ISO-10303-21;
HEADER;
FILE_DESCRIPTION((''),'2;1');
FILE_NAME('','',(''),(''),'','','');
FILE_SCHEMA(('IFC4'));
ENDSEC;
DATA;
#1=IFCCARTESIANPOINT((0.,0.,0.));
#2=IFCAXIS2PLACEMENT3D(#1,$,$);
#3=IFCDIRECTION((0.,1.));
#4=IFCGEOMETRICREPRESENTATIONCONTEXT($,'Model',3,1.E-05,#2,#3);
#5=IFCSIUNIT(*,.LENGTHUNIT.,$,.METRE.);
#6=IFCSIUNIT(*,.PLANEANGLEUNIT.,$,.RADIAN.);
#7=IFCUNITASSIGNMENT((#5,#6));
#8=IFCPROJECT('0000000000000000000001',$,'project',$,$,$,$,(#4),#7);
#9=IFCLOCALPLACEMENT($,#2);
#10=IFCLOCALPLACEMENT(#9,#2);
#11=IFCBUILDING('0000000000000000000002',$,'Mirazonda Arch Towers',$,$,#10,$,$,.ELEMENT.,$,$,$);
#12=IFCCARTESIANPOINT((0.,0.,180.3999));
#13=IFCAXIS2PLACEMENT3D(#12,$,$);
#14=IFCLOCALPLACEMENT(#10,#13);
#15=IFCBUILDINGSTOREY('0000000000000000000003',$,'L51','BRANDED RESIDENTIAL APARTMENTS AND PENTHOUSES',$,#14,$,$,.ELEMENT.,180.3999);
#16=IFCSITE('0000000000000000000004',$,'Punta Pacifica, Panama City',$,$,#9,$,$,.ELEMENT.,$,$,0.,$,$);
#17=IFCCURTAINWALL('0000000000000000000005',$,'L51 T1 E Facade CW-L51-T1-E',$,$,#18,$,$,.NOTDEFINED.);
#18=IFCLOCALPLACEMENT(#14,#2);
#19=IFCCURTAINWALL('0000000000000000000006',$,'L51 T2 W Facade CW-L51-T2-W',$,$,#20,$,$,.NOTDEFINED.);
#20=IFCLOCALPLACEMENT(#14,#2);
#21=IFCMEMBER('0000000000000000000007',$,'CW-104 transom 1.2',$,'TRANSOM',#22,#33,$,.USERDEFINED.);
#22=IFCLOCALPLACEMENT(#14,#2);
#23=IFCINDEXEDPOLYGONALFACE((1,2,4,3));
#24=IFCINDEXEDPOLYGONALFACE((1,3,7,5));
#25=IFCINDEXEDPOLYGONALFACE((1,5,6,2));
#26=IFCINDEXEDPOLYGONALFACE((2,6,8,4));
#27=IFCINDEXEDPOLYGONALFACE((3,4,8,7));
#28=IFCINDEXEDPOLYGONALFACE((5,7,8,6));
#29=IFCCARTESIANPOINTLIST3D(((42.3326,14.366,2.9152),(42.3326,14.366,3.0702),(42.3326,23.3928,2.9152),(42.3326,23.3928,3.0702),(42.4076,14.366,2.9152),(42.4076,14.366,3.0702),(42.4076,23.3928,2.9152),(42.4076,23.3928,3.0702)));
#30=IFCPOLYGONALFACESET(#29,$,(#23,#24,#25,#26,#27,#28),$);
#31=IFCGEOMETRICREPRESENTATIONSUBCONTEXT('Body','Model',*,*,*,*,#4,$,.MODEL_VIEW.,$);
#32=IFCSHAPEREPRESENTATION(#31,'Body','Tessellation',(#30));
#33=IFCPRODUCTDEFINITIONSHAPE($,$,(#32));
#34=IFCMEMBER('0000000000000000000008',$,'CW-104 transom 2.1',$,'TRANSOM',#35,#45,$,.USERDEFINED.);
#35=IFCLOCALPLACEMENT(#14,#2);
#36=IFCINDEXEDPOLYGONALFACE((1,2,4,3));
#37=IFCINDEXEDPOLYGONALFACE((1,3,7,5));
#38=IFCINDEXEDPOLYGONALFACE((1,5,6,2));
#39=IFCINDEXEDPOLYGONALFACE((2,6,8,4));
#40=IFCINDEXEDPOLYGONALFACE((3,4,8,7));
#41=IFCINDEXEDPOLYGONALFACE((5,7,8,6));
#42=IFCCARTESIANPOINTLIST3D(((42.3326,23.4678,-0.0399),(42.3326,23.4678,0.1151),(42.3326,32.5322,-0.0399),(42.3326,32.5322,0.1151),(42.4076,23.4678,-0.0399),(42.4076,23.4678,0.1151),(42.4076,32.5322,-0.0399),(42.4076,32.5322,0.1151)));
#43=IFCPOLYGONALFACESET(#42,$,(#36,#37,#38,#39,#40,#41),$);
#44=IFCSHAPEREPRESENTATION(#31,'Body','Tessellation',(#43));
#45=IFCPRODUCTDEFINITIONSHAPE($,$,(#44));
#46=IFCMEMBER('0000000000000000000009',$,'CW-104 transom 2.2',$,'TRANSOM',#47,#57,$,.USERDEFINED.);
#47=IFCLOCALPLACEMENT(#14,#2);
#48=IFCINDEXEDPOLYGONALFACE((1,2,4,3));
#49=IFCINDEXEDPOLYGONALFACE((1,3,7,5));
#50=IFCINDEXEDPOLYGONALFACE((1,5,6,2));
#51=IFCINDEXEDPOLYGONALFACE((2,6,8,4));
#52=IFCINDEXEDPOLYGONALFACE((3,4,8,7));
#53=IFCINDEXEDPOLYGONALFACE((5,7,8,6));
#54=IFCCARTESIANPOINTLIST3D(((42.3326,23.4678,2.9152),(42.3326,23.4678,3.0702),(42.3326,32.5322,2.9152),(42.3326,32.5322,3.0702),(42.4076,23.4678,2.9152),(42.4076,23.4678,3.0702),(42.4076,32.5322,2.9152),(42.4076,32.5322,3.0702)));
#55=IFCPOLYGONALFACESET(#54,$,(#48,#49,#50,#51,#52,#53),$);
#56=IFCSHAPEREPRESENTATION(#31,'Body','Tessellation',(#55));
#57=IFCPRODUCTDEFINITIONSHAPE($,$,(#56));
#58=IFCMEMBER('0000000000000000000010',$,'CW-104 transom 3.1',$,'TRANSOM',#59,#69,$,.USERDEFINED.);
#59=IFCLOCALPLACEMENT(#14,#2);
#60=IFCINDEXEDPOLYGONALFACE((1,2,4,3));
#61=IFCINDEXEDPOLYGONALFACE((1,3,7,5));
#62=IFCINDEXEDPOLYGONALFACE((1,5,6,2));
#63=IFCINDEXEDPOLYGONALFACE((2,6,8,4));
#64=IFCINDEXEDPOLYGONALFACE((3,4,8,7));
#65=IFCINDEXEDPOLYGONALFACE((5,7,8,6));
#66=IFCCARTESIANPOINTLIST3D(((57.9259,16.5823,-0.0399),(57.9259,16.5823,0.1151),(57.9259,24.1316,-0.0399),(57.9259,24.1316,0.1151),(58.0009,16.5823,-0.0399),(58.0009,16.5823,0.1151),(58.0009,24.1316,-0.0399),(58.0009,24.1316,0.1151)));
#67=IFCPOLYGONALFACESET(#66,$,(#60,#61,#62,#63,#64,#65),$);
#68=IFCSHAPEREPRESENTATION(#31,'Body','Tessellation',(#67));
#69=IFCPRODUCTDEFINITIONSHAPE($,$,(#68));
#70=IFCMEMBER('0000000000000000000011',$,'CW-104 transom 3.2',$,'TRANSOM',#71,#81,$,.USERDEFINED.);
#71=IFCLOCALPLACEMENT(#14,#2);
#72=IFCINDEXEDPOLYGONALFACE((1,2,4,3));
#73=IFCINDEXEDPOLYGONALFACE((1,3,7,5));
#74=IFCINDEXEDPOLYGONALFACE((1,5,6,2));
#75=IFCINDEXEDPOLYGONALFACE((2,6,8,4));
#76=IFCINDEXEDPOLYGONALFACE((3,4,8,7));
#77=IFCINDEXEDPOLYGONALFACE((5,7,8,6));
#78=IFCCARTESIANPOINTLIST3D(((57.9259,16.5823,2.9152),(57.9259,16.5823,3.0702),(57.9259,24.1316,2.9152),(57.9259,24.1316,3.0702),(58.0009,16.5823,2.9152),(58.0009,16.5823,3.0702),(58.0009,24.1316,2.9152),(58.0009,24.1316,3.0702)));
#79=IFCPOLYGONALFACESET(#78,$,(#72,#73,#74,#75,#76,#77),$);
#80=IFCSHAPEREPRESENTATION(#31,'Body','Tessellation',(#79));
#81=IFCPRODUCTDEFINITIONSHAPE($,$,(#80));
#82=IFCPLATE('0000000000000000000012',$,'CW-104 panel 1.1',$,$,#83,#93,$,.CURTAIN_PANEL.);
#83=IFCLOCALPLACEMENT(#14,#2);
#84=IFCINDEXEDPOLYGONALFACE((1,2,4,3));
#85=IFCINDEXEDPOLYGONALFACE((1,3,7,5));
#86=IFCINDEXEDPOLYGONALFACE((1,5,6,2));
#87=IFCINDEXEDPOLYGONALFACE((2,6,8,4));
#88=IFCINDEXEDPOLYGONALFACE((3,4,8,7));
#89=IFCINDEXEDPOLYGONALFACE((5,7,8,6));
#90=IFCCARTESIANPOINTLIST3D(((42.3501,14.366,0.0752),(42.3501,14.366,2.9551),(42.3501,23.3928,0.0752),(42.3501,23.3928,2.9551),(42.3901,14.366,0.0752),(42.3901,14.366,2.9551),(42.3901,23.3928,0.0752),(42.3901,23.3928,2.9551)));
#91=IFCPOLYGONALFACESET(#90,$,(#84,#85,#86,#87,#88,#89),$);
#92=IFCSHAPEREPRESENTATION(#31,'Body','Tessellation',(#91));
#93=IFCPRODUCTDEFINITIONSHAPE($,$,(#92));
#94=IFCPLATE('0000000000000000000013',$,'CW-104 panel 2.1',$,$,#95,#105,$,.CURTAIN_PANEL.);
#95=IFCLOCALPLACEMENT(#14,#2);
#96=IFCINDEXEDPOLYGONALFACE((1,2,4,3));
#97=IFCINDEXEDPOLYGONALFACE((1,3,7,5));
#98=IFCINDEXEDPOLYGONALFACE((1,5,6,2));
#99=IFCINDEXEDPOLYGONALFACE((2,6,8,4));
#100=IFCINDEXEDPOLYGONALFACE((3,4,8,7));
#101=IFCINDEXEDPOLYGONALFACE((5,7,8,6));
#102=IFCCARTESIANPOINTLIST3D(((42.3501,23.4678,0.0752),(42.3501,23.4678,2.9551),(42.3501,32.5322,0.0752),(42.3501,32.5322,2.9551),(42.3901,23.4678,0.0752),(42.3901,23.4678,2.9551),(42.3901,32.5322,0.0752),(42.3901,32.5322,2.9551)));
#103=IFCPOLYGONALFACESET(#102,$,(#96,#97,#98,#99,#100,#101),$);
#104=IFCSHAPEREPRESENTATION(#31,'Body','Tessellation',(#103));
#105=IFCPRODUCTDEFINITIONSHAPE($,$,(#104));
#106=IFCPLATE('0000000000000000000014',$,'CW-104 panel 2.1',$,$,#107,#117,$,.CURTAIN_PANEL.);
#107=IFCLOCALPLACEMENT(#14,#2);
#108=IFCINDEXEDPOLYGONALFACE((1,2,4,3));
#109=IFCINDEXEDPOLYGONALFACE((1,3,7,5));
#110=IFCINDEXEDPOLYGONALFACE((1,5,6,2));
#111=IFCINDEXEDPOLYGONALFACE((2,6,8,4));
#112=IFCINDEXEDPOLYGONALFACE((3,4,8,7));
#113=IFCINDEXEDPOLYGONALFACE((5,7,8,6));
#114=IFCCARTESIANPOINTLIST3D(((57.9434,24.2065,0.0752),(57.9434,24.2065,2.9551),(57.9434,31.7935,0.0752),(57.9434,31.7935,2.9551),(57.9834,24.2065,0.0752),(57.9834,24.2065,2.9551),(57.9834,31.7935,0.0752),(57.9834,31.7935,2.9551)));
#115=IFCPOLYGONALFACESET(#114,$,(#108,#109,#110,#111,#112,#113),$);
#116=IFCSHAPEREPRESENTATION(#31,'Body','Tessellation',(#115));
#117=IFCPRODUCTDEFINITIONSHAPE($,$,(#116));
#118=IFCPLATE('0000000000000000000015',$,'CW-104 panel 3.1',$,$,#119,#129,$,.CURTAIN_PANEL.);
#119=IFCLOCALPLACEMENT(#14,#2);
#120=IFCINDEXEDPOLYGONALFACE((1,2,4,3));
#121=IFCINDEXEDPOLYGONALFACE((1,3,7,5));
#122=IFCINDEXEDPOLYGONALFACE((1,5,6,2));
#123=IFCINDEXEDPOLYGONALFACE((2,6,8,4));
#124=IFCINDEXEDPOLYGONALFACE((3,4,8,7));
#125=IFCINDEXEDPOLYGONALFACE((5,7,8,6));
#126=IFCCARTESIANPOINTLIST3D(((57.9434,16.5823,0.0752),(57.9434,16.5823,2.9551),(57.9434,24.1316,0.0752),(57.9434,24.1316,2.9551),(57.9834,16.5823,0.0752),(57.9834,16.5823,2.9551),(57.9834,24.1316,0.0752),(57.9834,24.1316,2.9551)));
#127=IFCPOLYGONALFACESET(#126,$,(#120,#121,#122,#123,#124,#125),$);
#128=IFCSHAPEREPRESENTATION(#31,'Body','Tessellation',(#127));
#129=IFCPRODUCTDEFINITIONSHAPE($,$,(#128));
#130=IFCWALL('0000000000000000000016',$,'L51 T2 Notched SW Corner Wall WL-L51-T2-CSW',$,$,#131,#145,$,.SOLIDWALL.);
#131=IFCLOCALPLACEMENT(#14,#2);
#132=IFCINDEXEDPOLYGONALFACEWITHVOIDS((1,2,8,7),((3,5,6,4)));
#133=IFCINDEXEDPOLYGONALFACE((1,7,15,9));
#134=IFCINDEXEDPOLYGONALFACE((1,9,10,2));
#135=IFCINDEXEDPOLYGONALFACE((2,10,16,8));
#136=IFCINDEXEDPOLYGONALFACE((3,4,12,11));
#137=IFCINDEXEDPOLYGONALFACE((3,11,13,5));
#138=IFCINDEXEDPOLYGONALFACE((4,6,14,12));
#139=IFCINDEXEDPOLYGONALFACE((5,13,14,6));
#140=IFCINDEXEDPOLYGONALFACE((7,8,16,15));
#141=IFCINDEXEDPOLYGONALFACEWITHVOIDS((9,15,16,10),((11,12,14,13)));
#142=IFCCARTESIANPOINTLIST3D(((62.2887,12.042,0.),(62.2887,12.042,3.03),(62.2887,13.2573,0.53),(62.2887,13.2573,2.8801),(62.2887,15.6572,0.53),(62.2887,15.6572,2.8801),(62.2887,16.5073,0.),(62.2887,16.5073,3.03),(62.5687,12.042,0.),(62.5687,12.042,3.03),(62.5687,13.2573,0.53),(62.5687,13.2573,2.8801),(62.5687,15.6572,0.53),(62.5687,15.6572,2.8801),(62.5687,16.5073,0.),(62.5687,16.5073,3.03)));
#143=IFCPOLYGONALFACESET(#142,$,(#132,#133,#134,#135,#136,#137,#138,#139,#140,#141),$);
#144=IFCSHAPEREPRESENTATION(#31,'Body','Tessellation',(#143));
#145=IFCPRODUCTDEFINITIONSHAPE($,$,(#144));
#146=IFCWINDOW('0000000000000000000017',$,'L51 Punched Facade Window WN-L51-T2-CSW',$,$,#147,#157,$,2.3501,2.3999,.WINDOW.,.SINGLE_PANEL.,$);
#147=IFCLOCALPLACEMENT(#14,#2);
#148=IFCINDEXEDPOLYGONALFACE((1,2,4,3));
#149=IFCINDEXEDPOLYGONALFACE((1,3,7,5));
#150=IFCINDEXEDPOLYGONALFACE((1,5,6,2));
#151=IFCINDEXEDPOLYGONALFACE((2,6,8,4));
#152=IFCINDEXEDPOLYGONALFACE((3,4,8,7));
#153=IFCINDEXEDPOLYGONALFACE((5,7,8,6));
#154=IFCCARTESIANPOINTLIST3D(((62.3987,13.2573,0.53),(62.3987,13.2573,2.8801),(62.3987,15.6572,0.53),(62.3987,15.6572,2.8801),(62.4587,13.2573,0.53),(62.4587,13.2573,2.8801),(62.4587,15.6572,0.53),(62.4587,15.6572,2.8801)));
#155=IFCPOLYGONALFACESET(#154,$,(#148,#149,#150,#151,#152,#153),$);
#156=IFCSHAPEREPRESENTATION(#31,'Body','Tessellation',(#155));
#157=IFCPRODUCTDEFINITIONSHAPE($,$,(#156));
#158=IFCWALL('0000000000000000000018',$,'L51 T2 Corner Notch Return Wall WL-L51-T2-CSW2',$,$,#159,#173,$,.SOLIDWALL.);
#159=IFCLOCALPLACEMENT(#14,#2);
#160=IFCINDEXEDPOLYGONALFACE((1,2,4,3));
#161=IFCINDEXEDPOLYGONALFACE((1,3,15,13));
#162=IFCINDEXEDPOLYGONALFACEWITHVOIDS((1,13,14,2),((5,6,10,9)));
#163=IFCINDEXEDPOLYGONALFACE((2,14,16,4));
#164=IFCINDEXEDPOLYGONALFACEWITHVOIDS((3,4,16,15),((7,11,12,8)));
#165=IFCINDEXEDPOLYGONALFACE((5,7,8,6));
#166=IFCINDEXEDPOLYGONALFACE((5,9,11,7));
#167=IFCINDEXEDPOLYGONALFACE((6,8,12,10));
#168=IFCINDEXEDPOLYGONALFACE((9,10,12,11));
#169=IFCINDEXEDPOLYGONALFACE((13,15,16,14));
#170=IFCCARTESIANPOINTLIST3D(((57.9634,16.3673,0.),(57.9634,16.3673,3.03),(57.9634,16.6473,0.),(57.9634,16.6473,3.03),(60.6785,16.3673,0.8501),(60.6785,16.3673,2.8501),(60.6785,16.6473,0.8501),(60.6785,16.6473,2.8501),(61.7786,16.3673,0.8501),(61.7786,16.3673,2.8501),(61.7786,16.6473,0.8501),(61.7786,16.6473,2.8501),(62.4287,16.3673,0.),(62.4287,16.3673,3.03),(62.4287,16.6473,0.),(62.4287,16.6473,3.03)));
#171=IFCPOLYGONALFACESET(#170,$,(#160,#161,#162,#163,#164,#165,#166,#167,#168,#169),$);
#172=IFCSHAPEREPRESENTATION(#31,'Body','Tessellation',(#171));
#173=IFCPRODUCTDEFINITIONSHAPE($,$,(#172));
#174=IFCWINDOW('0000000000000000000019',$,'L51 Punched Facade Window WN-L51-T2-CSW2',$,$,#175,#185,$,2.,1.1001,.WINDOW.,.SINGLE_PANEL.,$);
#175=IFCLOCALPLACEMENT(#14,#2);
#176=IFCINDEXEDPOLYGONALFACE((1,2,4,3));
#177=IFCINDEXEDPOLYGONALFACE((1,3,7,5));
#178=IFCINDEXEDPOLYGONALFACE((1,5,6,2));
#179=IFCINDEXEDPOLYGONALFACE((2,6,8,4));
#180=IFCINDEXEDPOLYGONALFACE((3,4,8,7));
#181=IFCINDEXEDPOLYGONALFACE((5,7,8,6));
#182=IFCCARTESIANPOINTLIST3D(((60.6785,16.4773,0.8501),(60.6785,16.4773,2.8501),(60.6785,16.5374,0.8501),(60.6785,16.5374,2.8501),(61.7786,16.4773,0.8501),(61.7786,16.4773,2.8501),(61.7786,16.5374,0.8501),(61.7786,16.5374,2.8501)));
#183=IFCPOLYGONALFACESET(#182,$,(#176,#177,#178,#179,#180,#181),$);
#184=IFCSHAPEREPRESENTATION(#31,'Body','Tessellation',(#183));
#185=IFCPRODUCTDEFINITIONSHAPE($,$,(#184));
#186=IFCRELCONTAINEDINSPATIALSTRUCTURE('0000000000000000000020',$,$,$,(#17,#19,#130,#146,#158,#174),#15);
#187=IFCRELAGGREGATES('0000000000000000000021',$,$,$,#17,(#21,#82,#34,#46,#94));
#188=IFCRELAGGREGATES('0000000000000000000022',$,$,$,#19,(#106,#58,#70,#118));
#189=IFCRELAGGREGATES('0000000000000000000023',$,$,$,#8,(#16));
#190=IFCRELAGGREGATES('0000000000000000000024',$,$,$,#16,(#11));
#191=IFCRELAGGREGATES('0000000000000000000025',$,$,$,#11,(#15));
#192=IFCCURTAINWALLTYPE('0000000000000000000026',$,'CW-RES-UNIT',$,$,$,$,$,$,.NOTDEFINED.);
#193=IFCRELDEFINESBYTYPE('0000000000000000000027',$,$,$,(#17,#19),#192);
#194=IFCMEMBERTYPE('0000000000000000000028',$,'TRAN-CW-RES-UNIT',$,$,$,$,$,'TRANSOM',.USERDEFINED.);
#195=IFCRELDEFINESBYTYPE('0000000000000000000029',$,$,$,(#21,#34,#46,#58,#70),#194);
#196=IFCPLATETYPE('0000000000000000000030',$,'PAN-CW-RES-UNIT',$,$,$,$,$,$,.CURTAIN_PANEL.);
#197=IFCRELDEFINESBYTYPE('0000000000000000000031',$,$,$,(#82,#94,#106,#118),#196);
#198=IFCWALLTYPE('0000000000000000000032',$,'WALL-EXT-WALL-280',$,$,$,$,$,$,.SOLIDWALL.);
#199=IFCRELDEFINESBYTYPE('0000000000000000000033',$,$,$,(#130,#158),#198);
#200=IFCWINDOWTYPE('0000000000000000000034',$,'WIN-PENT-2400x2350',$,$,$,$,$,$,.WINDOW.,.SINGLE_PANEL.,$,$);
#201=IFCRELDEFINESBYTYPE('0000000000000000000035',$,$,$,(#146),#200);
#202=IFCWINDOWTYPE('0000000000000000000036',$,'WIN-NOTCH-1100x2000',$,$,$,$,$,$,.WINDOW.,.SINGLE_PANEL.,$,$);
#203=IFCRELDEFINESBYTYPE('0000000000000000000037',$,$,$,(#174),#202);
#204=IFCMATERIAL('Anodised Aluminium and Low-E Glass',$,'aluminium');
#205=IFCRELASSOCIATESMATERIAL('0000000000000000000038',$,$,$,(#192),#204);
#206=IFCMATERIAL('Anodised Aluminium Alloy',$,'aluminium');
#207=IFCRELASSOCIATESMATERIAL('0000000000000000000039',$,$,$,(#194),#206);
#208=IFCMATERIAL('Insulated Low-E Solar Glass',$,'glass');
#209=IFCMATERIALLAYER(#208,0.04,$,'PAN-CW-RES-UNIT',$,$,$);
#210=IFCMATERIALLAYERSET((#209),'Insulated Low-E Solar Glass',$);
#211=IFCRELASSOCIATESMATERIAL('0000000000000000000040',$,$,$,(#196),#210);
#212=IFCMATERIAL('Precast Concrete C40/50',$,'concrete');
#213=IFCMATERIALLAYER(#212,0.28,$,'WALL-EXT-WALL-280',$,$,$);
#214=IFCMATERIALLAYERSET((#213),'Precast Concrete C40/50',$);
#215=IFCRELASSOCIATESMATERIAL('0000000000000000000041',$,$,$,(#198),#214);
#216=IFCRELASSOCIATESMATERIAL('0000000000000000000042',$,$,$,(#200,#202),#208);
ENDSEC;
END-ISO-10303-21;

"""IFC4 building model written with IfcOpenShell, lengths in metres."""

from ifc_helpers import new_model, si_unit, direction, frame, frame_2d, origin, origin_2d, place, context, subcontext, project, spatial, rectangle, extrude, material, layer, layer_set, material_profile, profile_set, type_object, element, fill, aggregate, save


model = new_model("IFC4")

# Units and contexts
model_context = context("Model", 3, precision=1e-05, world=origin(), true_north=direction((0.0, 1.0)))
body_context = subcontext(model_context, "Body", "Model", "MODEL_VIEW")
ifc_project = project(units=[si_unit("LENGTHUNIT", "METRE"), si_unit("PLANEANGLEUNIT", "RADIAN")], contexts=[model_context])

# Site, building, storey
site_placement = place(None, origin())
site = spatial("IfcSite", under=ifc_project, at=site_placement, Name="Punta Pacifica, Panama City", CompositionType="ELEMENT", RefElevation=0.0)
building_placement = place(site_placement, origin())
building = spatial("IfcBuilding", under=site, at=building_placement, Name="Mirazonda Arch Towers", CompositionType="ELEMENT")
storey_placement = place(building_placement, frame((0.0, 0.0, 180.3999)))
storey = spatial("IfcBuildingStorey", under=building, at=storey_placement, Name="L51", Description="BRANDED RESIDENTIAL APARTMENTS AND PENTHOUSES", CompositionType="ELEMENT", Elevation=180.3999)

# Curtain wall
ifc_material_1 = material(Name="Anodised Aluminium and Low-E Glass", Category="aluminium")
curtain_wall_type = type_object("IfcCurtainWallType", Name="CW-RES-UNIT", PredefinedType="NOTDEFINED", material=ifc_material_1)
curtain_wall_1_placement = place(storey_placement, origin())
curtain_wall_1 = element("IfcCurtainWall", 1, at=curtain_wall_1_placement, inside=storey, type_object=curtain_wall_type, Name="L51 T1 E Facade CW-L51-T1-E", PredefinedType="NOTDEFINED")
ifc_material_2 = material(Name="Anodised Aluminium Alloy", Category="aluminium")

# Curtain wall
curtain_wall_2_placement = place(storey_placement, origin())
curtain_wall_2 = element("IfcCurtainWall", 2, at=curtain_wall_2_placement, inside=storey, type_object=curtain_wall_type, Name="L51 T2 W Facade CW-L51-T2-W", PredefinedType="NOTDEFINED")

# Members
ifc_material_profile_1 = material_profile(ifc_material_2, rectangle(XDim=0.075, YDim=0.155, at=origin_2d()), Name="ALU-TRAN-75x155")
ifc_profile_set_1 = profile_set([ifc_material_profile_1], Name="Anodised Aluminium Alloy")
member_type_1 = type_object("IfcMemberType", Name="TRAN-CW-RES-UNIT", ElementType="TRANSOM", PredefinedType="USERDEFINED", material=ifc_profile_set_1)
member_1_placement = place(storey_placement, frame((42.3701, 14.366, 2.9927), z_axis=(0.0, 1.0, 0.0), x_axis=(-1.0, 0.0, 0.0)))
member_1 = element("IfcMember", 3, at=member_1_placement, type_object=member_type_1, Name="CW-104 transom 1.2", ObjectType="TRANSOM", PredefinedType="USERDEFINED", context=body_context, shape_type="SweptSolid", body=[
    extrude(rectangle(XDim=0.075, YDim=0.155, at=origin_2d()), origin(), (0.0, 0.0, 1.0), 9.0269),
])
member_2_placement = place(storey_placement, frame((42.3701, 23.4678, 0.0376), z_axis=(0.0, 1.0, 0.0), x_axis=(-1.0, 0.0, 0.0)))
member_2 = element("IfcMember", 4, at=member_2_placement, type_object=member_type_1, Name="CW-104 transom 2.1", ObjectType="TRANSOM", PredefinedType="USERDEFINED", context=body_context, shape_type="SweptSolid", body=[
    extrude(rectangle(XDim=0.075, YDim=0.155, at=origin_2d()), origin(), (0.0, 0.0, 1.0), 9.0645),
])
member_3_placement = place(storey_placement, frame((42.3701, 23.4678, 2.9927), z_axis=(0.0, 1.0, 0.0), x_axis=(-1.0, 0.0, 0.0)))
member_3 = element("IfcMember", 5, at=member_3_placement, type_object=member_type_1, Name="CW-104 transom 2.2", ObjectType="TRANSOM", PredefinedType="USERDEFINED", context=body_context, shape_type="SweptSolid", body=[
    extrude(rectangle(XDim=0.075, YDim=0.155, at=origin_2d()), origin(), (0.0, 0.0, 1.0), 9.0645),
])
member_4_placement = place(storey_placement, frame((57.9634, 24.1316, 0.0376), z_axis=(0.0, -1.0, 0.0), x_axis=(1.0, 0.0, 0.0)))
member_4 = element("IfcMember", 6, at=member_4_placement, type_object=member_type_1, Name="CW-104 transom 3.1", ObjectType="TRANSOM", PredefinedType="USERDEFINED", context=body_context, shape_type="SweptSolid", body=[
    extrude(rectangle(XDim=0.075, YDim=0.155, at=origin_2d()), origin(), (0.0, 0.0, 1.0), 7.5493),
])
member_5_placement = place(storey_placement, frame((57.9634, 24.1316, 2.9927), z_axis=(0.0, -1.0, 0.0), x_axis=(1.0, 0.0, 0.0)))
member_5 = element("IfcMember", 7, at=member_5_placement, type_object=member_type_1, Name="CW-104 transom 3.2", ObjectType="TRANSOM", PredefinedType="USERDEFINED", context=body_context, shape_type="SweptSolid", body=[
    extrude(rectangle(XDim=0.075, YDim=0.155, at=origin_2d()), origin(), (0.0, 0.0, 1.0), 7.5493),
])

# Plates
ifc_material_3 = material(Name="Insulated Low-E Solar Glass", Category="glass")
ifc_layer_1 = layer(ifc_material_3, 0.04, Name="PAN-CW-RES-UNIT")
ifc_layer_set_1 = layer_set([ifc_layer_1], Name="Insulated Low-E Solar Glass")
plate_type = type_object("IfcPlateType", Name="PAN-CW-RES-UNIT", PredefinedType="CURTAIN_PANEL", material=ifc_layer_set_1)
plate_1_placement = place(storey_placement, frame((42.3701, 18.8794, 0.0752), z_axis=(0.0, 0.0, 1.0), x_axis=(0.0, 1.0, 0.0)))
plate_1 = element("IfcPlate", 8, at=plate_1_placement, type_object=plate_type, Name="CW-104 panel 1.1", PredefinedType="CURTAIN_PANEL", context=body_context, shape_type="SweptSolid", body=[
    extrude(rectangle(XDim=9.0269, YDim=0.04, at=origin_2d()), origin(), (0.0, 0.0, 1.0), 2.8799),
])
plate_2_placement = place(storey_placement, frame((42.3701, 28.0, 0.0752), z_axis=(0.0, 0.0, 1.0), x_axis=(0.0, 1.0, 0.0)))
plate_2 = element("IfcPlate", 9, at=plate_2_placement, type_object=plate_type, Name="CW-104 panel 2.1", PredefinedType="CURTAIN_PANEL", context=body_context, shape_type="SweptSolid", body=[
    extrude(rectangle(XDim=9.0645, YDim=0.04, at=origin_2d()), origin(), (0.0, 0.0, 1.0), 2.8799),
])
aggregate(curtain_wall_1, [member_1, plate_1, member_2, member_3, plate_2])
plate_3_placement = place(storey_placement, frame((57.9634, 28.0, 0.0752), z_axis=(0.0, 0.0, 1.0), x_axis=(0.0, -1.0, 0.0)))
plate_3 = element("IfcPlate", 10, at=plate_3_placement, type_object=plate_type, Name="CW-104 panel 2.1", PredefinedType="CURTAIN_PANEL", context=body_context, shape_type="SweptSolid", body=[
    extrude(rectangle(XDim=7.5869, YDim=0.04, at=origin_2d()), origin(), (0.0, 0.0, 1.0), 2.8799),
])
plate_4_placement = place(storey_placement, frame((57.9634, 20.3569, 0.0752), z_axis=(0.0, 0.0, 1.0), x_axis=(0.0, -1.0, 0.0)))
plate_4 = element("IfcPlate", 11, at=plate_4_placement, type_object=plate_type, Name="CW-104 panel 3.1", PredefinedType="CURTAIN_PANEL", context=body_context, shape_type="SweptSolid", body=[
    extrude(rectangle(XDim=7.5493, YDim=0.04, at=origin_2d()), origin(), (0.0, 0.0, 1.0), 2.8799),
])
aggregate(curtain_wall_2, [plate_3, member_4, member_5, plate_4])

# Walls, openings, windows
ifc_material_4 = material(Name="Precast Concrete C40/50", Category="concrete")
ifc_layer_2 = layer(ifc_material_4, 0.28, Name="WALL-EXT-WALL-280")
ifc_layer_set_2 = layer_set([ifc_layer_2], Name="Precast Concrete C40/50")
wall_type_1 = type_object("IfcWallType", Name="WALL-EXT-WALL-280", PredefinedType="SOLIDWALL", material=ifc_layer_set_2)
wall_1_placement = place(storey_placement, frame((62.4287, 16.5073, 0.0), z_axis=(0.0, 0.0, 1.0), x_axis=(0.0, -1.0, 0.0)))
wall_1 = element("IfcWall", 12, at=wall_1_placement, inside=storey, type_object=wall_type_1, Name="L51 T2 Notched SW Corner Wall WL-L51-T2-CSW", PredefinedType="SOLIDWALL", context=body_context, shape_type="SweptSolid", body=[
    extrude(rectangle(XDim=4.4653, YDim=0.28, at=frame_2d((2.2327, 0.0))), origin(), (0.0, 0.0, 1.0), 3.03),
])
opening_1_placement = place(wall_1_placement, frame((0.8501, 0.0, 0.53)))
opening_1 = element("IfcOpeningElement", 13, at=opening_1_placement, cuts=wall_1, PredefinedType="OPENING", context=body_context, shape_type="SweptSolid", body=[
    extrude(rectangle(XDim=2.3999, YDim=2.3501, at=frame_2d((1.2, 1.175))), frame((0.0, 0.1499, 0.0), z_axis=(0.0, -1.0, 0.0), x_axis=(1.0, 0.0, 0.0)), (0.0, 0.0, 1.0), 0.3),
])
window_type_1 = type_object("IfcWindowType", Name="WIN-PENT-2400x2350", PartitioningType="SINGLE_PANEL", PredefinedType="WINDOW", material=ifc_material_3)
window_1_placement = place(opening_1_placement, origin())
window_1 = element("IfcWindow", 14, at=window_1_placement, inside=storey, type_object=window_type_1, Name="L51 Punched Facade Window WN-L51-T2-CSW", OverallHeight=2.3501, OverallWidth=2.3999, PartitioningType="SINGLE_PANEL", PredefinedType="WINDOW", context=body_context, shape_type="SweptSolid", body=[
    extrude(rectangle(XDim=2.3999, YDim=2.3501, at=frame_2d((1.2, 1.175))), frame((0.0, 0.03, 0.0), z_axis=(0.0, -1.0, 0.0), x_axis=(1.0, 0.0, 0.0)), (0.0, 0.0, 1.0), 0.0601),
])
fill(opening_1, window_1)
wall_2_placement = place(storey_placement, frame((57.9634, 16.5073, 0.0), z_axis=(0.0, 0.0, 1.0), x_axis=(1.0, 0.0, 0.0)))
wall_2 = element("IfcWall", 15, at=wall_2_placement, inside=storey, type_object=wall_type_1, Name="L51 T2 Corner Notch Return Wall WL-L51-T2-CSW2", PredefinedType="SOLIDWALL", context=body_context, shape_type="SweptSolid", body=[
    extrude(rectangle(XDim=4.4653, YDim=0.28, at=frame_2d((2.2327, 0.0))), origin(), (0.0, 0.0, 1.0), 3.03),
])
opening_2_placement = place(wall_2_placement, frame((2.7151, 0.0, 0.8501)))
opening_2 = element("IfcOpeningElement", 16, at=opening_2_placement, cuts=wall_2, PredefinedType="OPENING", context=body_context, shape_type="SweptSolid", body=[
    extrude(rectangle(XDim=1.1001, YDim=2.0, at=frame_2d((0.55, 1.0))), frame((0.0, 0.1499, 0.0), z_axis=(0.0, -1.0, 0.0), x_axis=(1.0, 0.0, 0.0)), (0.0, 0.0, 1.0), 0.3),
])
window_type_2 = type_object("IfcWindowType", Name="WIN-NOTCH-1100x2000", PartitioningType="SINGLE_PANEL", PredefinedType="WINDOW", material=ifc_material_3)
window_2_placement = place(opening_2_placement, origin())
window_2 = element("IfcWindow", 17, at=window_2_placement, inside=storey, type_object=window_type_2, Name="L51 Punched Facade Window WN-L51-T2-CSW2", OverallHeight=2.0, OverallWidth=1.1001, PartitioningType="SINGLE_PANEL", PredefinedType="WINDOW", context=body_context, shape_type="SweptSolid", body=[
    extrude(rectangle(XDim=1.1001, YDim=2.0, at=frame_2d((0.55, 1.0))), frame((0.0, 0.03, 0.0), z_axis=(0.0, -1.0, 0.0), x_axis=(1.0, 0.0, 0.0)), (0.0, 0.0, 1.0), 0.0601),
])
fill(opening_2, window_2)

save(model, "model.ifc")
